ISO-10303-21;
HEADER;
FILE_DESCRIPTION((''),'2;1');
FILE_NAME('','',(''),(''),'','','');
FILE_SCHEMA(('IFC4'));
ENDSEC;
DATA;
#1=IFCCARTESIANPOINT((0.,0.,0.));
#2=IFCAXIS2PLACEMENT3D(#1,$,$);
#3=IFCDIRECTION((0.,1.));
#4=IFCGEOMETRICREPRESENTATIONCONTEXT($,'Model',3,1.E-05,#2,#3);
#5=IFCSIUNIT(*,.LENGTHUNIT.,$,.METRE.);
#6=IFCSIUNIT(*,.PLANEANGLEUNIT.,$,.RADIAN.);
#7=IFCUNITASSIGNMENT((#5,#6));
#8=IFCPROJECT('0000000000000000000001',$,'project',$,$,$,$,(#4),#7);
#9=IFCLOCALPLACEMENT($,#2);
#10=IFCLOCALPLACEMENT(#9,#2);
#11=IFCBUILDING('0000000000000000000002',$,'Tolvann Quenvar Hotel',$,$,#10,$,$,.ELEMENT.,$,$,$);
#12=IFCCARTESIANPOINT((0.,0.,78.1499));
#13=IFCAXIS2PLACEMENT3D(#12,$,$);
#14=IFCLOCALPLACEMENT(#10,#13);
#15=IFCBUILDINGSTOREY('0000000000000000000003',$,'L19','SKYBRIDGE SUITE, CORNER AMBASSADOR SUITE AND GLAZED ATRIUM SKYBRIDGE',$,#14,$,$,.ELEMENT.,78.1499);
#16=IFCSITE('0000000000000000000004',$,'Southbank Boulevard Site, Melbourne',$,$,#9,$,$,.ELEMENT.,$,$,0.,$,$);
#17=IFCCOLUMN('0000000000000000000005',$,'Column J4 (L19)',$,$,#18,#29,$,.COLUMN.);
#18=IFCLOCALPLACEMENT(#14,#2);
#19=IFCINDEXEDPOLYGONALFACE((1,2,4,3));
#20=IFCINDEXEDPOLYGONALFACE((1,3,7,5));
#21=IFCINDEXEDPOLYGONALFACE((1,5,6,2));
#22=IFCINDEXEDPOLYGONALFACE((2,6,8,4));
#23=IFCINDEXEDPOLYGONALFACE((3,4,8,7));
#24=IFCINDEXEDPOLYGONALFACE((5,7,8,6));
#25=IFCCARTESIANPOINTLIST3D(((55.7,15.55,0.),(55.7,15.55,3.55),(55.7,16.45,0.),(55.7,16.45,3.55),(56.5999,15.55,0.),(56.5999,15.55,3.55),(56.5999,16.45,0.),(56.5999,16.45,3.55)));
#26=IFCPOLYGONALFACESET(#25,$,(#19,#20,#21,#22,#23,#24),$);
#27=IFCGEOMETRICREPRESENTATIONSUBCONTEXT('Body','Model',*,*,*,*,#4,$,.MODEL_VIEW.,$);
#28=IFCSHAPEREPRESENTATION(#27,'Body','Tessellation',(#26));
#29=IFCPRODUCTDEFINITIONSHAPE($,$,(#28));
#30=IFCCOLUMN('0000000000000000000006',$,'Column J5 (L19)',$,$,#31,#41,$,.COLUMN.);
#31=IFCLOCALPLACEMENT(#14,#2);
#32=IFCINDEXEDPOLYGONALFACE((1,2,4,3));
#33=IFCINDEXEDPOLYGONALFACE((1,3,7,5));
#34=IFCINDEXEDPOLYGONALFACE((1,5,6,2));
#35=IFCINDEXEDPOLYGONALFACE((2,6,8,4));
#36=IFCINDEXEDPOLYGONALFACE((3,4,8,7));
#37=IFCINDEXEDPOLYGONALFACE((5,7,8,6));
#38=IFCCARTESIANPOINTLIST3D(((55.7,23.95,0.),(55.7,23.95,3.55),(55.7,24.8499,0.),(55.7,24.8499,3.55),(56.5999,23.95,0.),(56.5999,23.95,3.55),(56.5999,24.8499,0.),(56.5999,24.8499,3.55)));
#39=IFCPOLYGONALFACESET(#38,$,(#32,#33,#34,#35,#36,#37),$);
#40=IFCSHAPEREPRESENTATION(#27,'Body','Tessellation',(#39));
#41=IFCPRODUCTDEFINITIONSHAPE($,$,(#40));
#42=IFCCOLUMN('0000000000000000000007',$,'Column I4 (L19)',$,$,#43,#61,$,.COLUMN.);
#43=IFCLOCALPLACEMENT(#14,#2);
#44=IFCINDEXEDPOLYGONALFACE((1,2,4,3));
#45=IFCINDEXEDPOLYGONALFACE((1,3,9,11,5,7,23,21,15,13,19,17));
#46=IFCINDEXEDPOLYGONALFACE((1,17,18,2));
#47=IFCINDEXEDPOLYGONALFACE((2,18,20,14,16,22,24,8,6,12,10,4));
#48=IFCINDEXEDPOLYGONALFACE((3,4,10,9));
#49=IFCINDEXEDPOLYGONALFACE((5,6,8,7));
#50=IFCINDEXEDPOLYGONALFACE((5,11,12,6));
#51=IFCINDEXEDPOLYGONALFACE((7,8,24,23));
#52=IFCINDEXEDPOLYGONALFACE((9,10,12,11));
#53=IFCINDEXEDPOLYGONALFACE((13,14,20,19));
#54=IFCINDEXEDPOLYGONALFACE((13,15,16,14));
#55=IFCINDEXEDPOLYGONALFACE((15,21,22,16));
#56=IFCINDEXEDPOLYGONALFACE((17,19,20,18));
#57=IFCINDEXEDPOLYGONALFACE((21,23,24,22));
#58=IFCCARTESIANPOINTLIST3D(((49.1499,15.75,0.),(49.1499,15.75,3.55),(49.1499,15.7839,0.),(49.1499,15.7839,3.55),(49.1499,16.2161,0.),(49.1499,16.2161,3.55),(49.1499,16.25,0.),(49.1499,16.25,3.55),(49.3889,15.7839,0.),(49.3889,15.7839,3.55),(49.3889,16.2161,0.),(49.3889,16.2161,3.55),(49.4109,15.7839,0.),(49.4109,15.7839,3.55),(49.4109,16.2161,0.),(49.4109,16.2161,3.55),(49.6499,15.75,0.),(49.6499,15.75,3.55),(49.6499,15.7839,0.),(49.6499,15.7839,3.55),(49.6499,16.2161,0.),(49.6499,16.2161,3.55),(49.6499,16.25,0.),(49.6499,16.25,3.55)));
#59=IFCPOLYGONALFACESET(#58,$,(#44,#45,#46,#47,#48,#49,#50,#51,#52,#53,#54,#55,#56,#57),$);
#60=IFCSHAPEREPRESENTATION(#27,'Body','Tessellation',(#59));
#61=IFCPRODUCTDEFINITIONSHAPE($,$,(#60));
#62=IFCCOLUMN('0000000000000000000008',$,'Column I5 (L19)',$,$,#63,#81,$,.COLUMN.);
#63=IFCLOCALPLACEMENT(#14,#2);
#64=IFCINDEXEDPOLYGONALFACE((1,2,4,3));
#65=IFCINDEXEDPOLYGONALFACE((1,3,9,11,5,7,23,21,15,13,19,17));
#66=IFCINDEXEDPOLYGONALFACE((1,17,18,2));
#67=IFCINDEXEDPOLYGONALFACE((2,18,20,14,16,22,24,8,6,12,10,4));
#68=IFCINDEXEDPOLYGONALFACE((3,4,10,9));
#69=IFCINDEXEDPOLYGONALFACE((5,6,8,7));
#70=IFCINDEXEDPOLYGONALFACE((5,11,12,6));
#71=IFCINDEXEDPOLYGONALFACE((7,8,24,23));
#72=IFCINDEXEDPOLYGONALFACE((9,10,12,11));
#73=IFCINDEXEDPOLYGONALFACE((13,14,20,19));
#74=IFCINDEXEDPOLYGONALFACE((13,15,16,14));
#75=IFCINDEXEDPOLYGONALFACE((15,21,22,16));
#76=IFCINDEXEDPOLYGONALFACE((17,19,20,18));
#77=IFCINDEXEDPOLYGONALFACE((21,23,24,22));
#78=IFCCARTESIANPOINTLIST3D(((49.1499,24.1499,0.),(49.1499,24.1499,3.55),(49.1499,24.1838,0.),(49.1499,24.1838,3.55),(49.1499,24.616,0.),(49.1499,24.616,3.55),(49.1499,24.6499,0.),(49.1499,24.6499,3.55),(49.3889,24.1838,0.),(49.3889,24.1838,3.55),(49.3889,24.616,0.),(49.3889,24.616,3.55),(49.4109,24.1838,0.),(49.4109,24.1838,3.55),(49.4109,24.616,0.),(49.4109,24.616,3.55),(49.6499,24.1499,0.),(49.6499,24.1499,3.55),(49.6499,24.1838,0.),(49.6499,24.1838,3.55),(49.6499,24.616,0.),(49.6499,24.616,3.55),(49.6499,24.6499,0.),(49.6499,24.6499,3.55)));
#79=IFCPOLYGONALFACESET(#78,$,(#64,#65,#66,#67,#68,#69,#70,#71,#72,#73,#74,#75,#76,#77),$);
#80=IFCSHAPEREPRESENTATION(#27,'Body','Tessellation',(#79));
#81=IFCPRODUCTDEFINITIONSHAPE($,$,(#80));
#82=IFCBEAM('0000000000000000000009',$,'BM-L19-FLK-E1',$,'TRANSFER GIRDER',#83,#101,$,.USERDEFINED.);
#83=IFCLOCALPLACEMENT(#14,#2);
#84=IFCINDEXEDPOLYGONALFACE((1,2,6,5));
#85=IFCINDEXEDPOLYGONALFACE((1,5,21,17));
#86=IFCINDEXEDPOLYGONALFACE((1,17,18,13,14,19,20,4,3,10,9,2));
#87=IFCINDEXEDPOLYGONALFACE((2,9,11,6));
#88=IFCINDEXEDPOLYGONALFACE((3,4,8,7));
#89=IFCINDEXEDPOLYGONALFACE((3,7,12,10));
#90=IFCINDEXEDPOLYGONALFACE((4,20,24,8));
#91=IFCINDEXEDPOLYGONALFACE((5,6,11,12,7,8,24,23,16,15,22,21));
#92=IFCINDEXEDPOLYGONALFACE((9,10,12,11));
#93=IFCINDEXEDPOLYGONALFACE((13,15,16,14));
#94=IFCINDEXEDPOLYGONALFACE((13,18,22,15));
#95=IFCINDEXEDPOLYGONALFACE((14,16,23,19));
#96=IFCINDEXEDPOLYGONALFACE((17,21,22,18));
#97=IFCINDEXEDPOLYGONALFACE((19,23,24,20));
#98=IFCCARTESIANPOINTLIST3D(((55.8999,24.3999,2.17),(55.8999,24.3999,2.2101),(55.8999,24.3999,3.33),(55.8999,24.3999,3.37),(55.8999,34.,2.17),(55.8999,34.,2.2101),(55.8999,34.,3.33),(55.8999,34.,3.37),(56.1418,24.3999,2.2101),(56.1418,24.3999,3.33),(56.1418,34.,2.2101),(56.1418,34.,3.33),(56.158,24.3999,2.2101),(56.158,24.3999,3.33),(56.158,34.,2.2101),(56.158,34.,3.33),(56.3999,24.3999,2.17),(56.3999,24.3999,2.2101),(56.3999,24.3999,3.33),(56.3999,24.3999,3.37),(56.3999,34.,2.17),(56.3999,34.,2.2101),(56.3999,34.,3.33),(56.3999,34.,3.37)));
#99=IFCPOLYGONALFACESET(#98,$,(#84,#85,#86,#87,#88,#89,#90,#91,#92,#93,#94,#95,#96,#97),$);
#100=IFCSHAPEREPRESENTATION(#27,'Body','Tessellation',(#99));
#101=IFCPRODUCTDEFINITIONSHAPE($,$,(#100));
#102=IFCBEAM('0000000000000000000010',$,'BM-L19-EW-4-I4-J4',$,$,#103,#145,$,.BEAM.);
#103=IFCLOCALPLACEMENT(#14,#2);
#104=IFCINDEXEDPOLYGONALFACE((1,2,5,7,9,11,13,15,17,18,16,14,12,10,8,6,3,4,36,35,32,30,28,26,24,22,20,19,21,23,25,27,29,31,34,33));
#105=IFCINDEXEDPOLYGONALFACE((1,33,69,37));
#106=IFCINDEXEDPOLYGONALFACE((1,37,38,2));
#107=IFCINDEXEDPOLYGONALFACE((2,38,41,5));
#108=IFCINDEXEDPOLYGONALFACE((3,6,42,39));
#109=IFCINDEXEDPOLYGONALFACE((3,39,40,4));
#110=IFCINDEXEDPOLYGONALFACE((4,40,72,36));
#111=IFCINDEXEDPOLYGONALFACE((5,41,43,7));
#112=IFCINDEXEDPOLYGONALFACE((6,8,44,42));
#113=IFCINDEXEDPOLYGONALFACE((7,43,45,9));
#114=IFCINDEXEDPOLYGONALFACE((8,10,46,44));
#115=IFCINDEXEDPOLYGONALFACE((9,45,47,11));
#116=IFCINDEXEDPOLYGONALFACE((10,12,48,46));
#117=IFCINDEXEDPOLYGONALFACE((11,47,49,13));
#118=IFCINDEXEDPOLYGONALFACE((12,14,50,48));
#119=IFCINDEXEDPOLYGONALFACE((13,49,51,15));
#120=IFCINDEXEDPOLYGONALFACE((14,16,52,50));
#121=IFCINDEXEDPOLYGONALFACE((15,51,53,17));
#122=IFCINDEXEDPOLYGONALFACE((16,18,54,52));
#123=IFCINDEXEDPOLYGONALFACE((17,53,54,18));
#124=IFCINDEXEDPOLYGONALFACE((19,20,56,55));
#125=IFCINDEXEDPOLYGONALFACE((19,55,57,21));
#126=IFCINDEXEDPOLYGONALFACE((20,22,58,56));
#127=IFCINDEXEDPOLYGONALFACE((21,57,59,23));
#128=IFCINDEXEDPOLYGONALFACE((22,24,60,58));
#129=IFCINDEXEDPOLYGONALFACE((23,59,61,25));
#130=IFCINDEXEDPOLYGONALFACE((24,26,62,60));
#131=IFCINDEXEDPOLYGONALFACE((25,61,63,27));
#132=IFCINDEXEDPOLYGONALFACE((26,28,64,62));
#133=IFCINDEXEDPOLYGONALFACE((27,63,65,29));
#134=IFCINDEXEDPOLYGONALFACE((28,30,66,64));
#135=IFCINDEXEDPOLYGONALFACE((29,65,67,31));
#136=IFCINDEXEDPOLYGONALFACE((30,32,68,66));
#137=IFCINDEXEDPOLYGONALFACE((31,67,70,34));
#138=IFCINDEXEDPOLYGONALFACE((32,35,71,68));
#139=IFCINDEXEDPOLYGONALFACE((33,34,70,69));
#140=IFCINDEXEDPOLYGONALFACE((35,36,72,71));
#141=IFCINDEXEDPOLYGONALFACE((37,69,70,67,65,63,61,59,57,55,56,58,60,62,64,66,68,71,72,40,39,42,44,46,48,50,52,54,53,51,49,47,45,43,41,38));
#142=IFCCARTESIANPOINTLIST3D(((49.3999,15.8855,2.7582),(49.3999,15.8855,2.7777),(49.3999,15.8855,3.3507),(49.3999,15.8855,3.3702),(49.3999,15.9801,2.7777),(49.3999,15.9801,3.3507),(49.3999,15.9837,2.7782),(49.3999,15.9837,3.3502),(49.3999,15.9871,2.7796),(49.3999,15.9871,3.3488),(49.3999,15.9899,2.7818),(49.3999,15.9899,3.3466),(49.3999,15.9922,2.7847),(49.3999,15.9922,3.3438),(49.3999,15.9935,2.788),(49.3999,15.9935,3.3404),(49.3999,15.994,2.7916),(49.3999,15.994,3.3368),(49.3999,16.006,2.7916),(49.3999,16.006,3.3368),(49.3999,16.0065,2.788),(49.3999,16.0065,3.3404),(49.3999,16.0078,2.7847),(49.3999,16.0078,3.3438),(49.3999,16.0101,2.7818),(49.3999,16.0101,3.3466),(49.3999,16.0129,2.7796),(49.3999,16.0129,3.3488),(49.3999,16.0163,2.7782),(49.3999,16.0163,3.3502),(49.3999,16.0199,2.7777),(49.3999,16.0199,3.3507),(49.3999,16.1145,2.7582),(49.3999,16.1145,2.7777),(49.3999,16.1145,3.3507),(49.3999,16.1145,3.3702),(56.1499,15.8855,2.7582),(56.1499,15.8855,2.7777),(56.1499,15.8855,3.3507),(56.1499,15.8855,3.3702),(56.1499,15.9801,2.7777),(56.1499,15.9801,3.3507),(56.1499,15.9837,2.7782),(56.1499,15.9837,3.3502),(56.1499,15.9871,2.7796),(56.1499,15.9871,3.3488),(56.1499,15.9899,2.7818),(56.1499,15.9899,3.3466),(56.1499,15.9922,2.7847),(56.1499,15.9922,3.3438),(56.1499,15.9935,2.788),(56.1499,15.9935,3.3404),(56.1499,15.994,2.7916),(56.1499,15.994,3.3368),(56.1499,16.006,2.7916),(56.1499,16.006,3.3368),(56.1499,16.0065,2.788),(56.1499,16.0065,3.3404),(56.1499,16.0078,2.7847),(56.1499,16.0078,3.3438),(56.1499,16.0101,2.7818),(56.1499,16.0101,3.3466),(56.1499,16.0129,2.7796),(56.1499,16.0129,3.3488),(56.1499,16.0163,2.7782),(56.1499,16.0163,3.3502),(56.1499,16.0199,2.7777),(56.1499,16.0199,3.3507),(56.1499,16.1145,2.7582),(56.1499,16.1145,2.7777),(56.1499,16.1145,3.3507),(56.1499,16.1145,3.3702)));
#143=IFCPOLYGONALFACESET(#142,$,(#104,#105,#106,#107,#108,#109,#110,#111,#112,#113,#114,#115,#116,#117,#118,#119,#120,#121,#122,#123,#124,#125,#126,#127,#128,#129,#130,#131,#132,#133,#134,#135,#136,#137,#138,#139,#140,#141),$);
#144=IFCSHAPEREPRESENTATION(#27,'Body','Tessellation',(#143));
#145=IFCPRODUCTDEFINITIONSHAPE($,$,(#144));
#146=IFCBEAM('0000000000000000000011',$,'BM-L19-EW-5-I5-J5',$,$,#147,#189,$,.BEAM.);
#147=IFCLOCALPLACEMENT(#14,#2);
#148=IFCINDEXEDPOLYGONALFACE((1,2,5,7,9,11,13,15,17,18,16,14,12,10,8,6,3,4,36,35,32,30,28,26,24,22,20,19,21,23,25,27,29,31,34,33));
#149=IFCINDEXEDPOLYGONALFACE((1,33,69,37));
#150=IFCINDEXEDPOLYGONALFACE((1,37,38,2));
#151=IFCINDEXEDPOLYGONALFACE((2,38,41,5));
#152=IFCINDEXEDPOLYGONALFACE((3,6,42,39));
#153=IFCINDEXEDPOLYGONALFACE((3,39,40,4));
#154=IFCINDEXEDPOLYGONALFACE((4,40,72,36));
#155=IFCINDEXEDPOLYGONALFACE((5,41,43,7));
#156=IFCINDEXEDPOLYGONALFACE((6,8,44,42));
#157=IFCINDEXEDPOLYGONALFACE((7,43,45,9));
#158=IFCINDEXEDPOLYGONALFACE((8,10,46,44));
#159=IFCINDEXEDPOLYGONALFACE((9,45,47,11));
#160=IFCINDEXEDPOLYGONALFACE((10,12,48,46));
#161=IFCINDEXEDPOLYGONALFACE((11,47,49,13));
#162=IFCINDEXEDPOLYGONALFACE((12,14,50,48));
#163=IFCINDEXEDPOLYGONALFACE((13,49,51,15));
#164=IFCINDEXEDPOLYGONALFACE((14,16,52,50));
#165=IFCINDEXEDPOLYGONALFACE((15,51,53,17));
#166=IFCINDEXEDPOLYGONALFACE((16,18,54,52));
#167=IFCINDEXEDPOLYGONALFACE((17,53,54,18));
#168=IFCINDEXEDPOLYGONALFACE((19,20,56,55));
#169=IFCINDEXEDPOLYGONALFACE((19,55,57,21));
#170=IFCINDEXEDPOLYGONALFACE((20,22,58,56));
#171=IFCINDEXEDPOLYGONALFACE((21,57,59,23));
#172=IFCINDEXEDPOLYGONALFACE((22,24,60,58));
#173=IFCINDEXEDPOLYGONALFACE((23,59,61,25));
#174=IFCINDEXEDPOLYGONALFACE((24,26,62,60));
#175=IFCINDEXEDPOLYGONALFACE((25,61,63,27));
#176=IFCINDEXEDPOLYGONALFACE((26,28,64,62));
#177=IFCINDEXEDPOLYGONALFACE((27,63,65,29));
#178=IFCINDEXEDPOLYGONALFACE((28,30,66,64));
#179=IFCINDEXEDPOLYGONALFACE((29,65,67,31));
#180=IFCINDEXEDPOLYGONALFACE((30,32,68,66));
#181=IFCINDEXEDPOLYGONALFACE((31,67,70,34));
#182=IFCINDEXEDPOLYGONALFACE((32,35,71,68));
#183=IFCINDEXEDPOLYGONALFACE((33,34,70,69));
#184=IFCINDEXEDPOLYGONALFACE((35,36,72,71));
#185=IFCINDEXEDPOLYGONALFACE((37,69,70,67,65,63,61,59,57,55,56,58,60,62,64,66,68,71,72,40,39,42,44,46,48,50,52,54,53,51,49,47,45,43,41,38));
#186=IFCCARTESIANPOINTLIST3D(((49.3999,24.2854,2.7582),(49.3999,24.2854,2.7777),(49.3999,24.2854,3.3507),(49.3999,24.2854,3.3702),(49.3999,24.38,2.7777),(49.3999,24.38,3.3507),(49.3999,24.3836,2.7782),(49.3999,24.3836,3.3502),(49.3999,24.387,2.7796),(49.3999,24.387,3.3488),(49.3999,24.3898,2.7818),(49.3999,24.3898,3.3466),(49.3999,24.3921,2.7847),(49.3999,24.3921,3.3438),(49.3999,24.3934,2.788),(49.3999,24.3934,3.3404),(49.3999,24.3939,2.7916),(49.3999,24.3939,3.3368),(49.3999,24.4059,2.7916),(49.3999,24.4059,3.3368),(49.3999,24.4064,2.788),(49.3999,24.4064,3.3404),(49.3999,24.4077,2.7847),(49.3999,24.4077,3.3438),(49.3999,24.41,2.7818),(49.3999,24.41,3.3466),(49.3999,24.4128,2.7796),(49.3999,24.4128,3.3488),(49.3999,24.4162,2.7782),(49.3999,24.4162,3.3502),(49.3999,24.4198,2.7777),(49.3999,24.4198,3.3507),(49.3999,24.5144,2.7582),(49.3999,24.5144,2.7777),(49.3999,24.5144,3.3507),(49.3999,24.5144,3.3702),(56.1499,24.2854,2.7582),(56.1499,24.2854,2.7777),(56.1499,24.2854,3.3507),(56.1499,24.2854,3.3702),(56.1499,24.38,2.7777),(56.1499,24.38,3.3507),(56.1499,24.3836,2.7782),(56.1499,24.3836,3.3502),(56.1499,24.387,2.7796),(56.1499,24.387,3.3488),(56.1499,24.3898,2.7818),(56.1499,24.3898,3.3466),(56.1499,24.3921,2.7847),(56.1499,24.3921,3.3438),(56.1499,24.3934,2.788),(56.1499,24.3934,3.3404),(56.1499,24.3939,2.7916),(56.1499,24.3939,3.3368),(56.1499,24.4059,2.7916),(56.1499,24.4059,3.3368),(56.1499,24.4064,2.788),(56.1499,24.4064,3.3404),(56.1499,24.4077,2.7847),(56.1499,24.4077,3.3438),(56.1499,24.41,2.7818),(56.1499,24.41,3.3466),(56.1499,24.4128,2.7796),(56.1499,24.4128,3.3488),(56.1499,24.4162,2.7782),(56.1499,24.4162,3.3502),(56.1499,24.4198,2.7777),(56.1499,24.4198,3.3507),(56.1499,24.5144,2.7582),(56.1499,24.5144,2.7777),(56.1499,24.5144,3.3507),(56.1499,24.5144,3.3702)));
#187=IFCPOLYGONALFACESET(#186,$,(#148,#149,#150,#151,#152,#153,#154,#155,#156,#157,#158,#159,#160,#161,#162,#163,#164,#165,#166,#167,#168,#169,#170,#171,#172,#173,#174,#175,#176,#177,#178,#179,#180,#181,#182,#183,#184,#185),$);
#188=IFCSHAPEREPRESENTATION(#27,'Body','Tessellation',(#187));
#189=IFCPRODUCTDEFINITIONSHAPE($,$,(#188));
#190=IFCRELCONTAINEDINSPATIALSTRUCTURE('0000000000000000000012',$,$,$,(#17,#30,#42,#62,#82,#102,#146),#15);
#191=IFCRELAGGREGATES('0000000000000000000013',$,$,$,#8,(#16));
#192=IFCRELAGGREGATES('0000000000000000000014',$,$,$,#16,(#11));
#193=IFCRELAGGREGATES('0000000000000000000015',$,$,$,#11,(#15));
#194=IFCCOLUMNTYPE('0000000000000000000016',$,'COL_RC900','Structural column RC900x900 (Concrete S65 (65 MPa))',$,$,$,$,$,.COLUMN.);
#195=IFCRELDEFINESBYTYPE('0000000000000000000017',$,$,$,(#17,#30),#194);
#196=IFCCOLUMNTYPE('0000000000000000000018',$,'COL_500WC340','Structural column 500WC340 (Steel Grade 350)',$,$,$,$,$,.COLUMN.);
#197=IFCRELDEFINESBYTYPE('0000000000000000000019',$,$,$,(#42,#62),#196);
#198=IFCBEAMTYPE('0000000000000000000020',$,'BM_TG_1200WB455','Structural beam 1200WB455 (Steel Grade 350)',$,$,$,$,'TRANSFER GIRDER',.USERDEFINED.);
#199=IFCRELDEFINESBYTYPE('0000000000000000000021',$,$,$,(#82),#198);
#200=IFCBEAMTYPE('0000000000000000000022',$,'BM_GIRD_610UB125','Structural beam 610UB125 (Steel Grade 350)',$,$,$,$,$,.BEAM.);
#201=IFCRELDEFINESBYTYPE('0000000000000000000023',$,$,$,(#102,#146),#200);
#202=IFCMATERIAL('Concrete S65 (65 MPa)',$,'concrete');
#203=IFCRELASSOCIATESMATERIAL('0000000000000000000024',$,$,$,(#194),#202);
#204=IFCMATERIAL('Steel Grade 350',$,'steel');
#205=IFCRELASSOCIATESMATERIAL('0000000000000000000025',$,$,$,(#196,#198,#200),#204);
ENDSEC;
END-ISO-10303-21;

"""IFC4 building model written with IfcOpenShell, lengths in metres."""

from ifc_helpers import new_model, si_unit, direction, frame, origin, origin_2d, place, context, subcontext, project, spatial, rectangle, i_section, extrude, source, transform, mapped, material, material_profile, profile_set, type_object, type_shapes, element, save


model = new_model("IFC4")

# Units and contexts
model_context = context("Model", 3, precision=1e-05, world=origin(), true_north=direction((0.0, 1.0)))
body_context = subcontext(model_context, "Body", "Model", "MODEL_VIEW")
ifc_project = project(units=[si_unit("LENGTHUNIT", "METRE"), si_unit("PLANEANGLEUNIT", "RADIAN")], contexts=[model_context])

# Site, building, storey
site_placement = place(None, origin())
site = spatial("IfcSite", under=ifc_project, at=site_placement, Name="Southbank Boulevard Site, Melbourne", CompositionType="ELEMENT", RefElevation=0.0)
building_placement = place(site_placement, origin())
building = spatial("IfcBuilding", under=site, at=building_placement, Name="Tolvann Quenvar Hotel", CompositionType="ELEMENT")
storey_placement = place(building_placement, frame((0.0, 0.0, 78.1499)))
storey = spatial("IfcBuildingStorey", under=building, at=storey_placement, Name="L19", Description="SKYBRIDGE SUITE, CORNER AMBASSADOR SUITE AND GLAZED ATRIUM SKYBRIDGE", CompositionType="ELEMENT", Elevation=78.1499)

# Columns
ifc_material_1 = material(Name="Concrete S65 (65 MPa)", Category="concrete")
ifc_material_profile_1 = material_profile(ifc_material_1, rectangle(XDim=0.8999, YDim=0.8999, at=origin_2d()), Name="RC900x900")
ifc_profile_set_1 = profile_set([ifc_material_profile_1], Name="Concrete S65 (65 MPa)")
column_type_1 = type_object("IfcColumnType", Name="COL_RC900", Description="Structural column RC900x900 (Concrete S65 (65 MPa))", PredefinedType="COLUMN", material=ifc_profile_set_1)
shared_shape_1 = source(origin(), body_context, "Body", "SweptSolid", [
    extrude(rectangle(XDim=0.8999, YDim=0.8999, at=origin_2d()), origin(), (0.0, 0.0, 1.0), 3.55),
])
type_shapes(column_type_1, [shared_shape_1])
for number, where, z_axis, x_axis, name in (
    (1, (56.1499, 16.0, 0.0), (0.0, 0.0, 1.0), (1.0, 0.0, 0.0), "Column J4 (L19)"),
    (2, (56.1499, 24.3999, 0.0), (0.0, 0.0, 1.0), (1.0, 0.0, 0.0), "Column J5 (L19)"),
):
    element("IfcColumn", number, at=place(storey_placement, frame(where, z_axis=z_axis, x_axis=x_axis)), inside=storey, type_object=column_type_1, Name=name, PredefinedType="COLUMN", context=body_context, shape_type="MappedRepresentation", body=[
        mapped(shared_shape_1, transform((0.0, 0.0, 0.0), x_axis=(1.0, 0.0, 0.0), y_axis=(0.0, 1.0, 0.0), z_axis=(0.0, 0.0, 1.0), scale=1.0)),
    ])
ifc_material_2 = material(Name="Steel Grade 350", Category="steel")
ifc_material_profile_2 = material_profile(ifc_material_2, i_section(OverallWidth=0.5, OverallDepth=0.5, WebThickness=0.022, FlangeThickness=0.0339, at=origin_2d()), Name="500WC340")
ifc_profile_set_2 = profile_set([ifc_material_profile_2], Name="Steel Grade 350")
column_type_2 = type_object("IfcColumnType", Name="COL_500WC340", Description="Structural column 500WC340 (Steel Grade 350)", PredefinedType="COLUMN", material=ifc_profile_set_2)
shared_shape_2 = source(origin(), body_context, "Body", "SweptSolid", [
    extrude(i_section(OverallWidth=0.5, OverallDepth=0.5, WebThickness=0.022, FlangeThickness=0.0339, at=origin_2d()), origin(), (0.0, 0.0, 1.0), 3.55),
])
type_shapes(column_type_2, [shared_shape_2])
for number, where, z_axis, x_axis, name in (
    (3, (49.3999, 16.0, 0.0), (0.0, 0.0, 1.0), (1.0, 0.0, 0.0), "Column I4 (L19)"),
    (4, (49.3999, 24.3999, 0.0), (0.0, 0.0, 1.0), (1.0, 0.0, 0.0), "Column I5 (L19)"),
):
    element("IfcColumn", number, at=place(storey_placement, frame(where, z_axis=z_axis, x_axis=x_axis)), inside=storey, type_object=column_type_2, Name=name, PredefinedType="COLUMN", context=body_context, shape_type="MappedRepresentation", body=[
        mapped(shared_shape_2, transform((0.0, 0.0, 0.0), x_axis=(1.0, 0.0, 0.0), y_axis=(0.0, 1.0, 0.0), z_axis=(0.0, 0.0, 1.0), scale=1.0)),
    ])

# Beams
ifc_material_profile_3 = material_profile(ifc_material_2, i_section(OverallWidth=0.5, OverallDepth=1.2, WebThickness=0.0161, FlangeThickness=0.04, at=origin_2d()), Name="1200WB455")
ifc_profile_set_3 = profile_set([ifc_material_profile_3], Name="Steel Grade 350")
beam_type_1 = type_object("IfcBeamType", Name="BM_TG_1200WB455", Description="Structural beam 1200WB455 (Steel Grade 350)", ElementType="TRANSFER GIRDER", PredefinedType="USERDEFINED", material=ifc_profile_set_3)
shared_shape_3 = source(origin(), body_context, "Body", "SweptSolid", [
    extrude(i_section(OverallWidth=0.5, OverallDepth=1.2, WebThickness=0.0161, FlangeThickness=0.04, at=origin_2d()), origin(), (0.0, 0.0, 1.0), 9.6001),
])
beam_1_placement = place(storey_placement, frame((56.1499, 24.3999, 2.77), z_axis=(0.0, 1.0, 0.0), x_axis=(-1.0, 0.0, 0.0)))
element("IfcBeam", 5, at=beam_1_placement, inside=storey, type_object=beam_type_1, Name="BM-L19-FLK-E1", ObjectType="TRANSFER GIRDER", PredefinedType="USERDEFINED", context=body_context, shape_type="MappedRepresentation", body=[
    mapped(shared_shape_3, transform((0.0, 0.0, 0.0), x_axis=(1.0, 0.0, 0.0), y_axis=(0.0, 1.0, 0.0), z_axis=(0.0, 0.0, 1.0), scale=1.0)),
])
ifc_material_profile_4 = material_profile(ifc_material_2, i_section(OverallWidth=0.229, OverallDepth=0.6121, WebThickness=0.012, FlangeThickness=0.0195, FilletRadius=0.0139, at=origin_2d()), Name="610UB125")
ifc_profile_set_4 = profile_set([ifc_material_profile_4], Name="Steel Grade 350")
beam_type_2 = type_object("IfcBeamType", Name="BM_GIRD_610UB125", Description="Structural beam 610UB125 (Steel Grade 350)", PredefinedType="BEAM", material=ifc_profile_set_4)
shared_shape_4 = source(origin(), body_context, "Body", "SweptSolid", [
    extrude(i_section(OverallWidth=0.229, OverallDepth=0.6121, WebThickness=0.012, FlangeThickness=0.0195, FilletRadius=0.0139, at=origin_2d()), origin(), (0.0, 0.0, 1.0), 6.75),
])
type_shapes(beam_type_2, [shared_shape_4])
for number, where, z_axis, x_axis, name in (
    (6, (49.3999, 16.0, 3.0642), (1.0, 0.0, 0.0), (0.0, 1.0, 0.0), "BM-L19-EW-4-I4-J4"),
    (7, (49.3999, 24.3999, 3.0642), (1.0, 0.0, 0.0), (0.0, 1.0, 0.0), "BM-L19-EW-5-I5-J5"),
):
    element("IfcBeam", number, at=place(storey_placement, frame(where, z_axis=z_axis, x_axis=x_axis)), inside=storey, type_object=beam_type_2, Name=name, PredefinedType="BEAM", context=body_context, shape_type="MappedRepresentation", body=[
        mapped(shared_shape_4, transform((0.0, 0.0, 0.0), x_axis=(1.0, 0.0, 0.0), y_axis=(0.0, 1.0, 0.0), z_axis=(0.0, 0.0, 1.0), scale=1.0)),
    ])

save(model, "model.ifc")
